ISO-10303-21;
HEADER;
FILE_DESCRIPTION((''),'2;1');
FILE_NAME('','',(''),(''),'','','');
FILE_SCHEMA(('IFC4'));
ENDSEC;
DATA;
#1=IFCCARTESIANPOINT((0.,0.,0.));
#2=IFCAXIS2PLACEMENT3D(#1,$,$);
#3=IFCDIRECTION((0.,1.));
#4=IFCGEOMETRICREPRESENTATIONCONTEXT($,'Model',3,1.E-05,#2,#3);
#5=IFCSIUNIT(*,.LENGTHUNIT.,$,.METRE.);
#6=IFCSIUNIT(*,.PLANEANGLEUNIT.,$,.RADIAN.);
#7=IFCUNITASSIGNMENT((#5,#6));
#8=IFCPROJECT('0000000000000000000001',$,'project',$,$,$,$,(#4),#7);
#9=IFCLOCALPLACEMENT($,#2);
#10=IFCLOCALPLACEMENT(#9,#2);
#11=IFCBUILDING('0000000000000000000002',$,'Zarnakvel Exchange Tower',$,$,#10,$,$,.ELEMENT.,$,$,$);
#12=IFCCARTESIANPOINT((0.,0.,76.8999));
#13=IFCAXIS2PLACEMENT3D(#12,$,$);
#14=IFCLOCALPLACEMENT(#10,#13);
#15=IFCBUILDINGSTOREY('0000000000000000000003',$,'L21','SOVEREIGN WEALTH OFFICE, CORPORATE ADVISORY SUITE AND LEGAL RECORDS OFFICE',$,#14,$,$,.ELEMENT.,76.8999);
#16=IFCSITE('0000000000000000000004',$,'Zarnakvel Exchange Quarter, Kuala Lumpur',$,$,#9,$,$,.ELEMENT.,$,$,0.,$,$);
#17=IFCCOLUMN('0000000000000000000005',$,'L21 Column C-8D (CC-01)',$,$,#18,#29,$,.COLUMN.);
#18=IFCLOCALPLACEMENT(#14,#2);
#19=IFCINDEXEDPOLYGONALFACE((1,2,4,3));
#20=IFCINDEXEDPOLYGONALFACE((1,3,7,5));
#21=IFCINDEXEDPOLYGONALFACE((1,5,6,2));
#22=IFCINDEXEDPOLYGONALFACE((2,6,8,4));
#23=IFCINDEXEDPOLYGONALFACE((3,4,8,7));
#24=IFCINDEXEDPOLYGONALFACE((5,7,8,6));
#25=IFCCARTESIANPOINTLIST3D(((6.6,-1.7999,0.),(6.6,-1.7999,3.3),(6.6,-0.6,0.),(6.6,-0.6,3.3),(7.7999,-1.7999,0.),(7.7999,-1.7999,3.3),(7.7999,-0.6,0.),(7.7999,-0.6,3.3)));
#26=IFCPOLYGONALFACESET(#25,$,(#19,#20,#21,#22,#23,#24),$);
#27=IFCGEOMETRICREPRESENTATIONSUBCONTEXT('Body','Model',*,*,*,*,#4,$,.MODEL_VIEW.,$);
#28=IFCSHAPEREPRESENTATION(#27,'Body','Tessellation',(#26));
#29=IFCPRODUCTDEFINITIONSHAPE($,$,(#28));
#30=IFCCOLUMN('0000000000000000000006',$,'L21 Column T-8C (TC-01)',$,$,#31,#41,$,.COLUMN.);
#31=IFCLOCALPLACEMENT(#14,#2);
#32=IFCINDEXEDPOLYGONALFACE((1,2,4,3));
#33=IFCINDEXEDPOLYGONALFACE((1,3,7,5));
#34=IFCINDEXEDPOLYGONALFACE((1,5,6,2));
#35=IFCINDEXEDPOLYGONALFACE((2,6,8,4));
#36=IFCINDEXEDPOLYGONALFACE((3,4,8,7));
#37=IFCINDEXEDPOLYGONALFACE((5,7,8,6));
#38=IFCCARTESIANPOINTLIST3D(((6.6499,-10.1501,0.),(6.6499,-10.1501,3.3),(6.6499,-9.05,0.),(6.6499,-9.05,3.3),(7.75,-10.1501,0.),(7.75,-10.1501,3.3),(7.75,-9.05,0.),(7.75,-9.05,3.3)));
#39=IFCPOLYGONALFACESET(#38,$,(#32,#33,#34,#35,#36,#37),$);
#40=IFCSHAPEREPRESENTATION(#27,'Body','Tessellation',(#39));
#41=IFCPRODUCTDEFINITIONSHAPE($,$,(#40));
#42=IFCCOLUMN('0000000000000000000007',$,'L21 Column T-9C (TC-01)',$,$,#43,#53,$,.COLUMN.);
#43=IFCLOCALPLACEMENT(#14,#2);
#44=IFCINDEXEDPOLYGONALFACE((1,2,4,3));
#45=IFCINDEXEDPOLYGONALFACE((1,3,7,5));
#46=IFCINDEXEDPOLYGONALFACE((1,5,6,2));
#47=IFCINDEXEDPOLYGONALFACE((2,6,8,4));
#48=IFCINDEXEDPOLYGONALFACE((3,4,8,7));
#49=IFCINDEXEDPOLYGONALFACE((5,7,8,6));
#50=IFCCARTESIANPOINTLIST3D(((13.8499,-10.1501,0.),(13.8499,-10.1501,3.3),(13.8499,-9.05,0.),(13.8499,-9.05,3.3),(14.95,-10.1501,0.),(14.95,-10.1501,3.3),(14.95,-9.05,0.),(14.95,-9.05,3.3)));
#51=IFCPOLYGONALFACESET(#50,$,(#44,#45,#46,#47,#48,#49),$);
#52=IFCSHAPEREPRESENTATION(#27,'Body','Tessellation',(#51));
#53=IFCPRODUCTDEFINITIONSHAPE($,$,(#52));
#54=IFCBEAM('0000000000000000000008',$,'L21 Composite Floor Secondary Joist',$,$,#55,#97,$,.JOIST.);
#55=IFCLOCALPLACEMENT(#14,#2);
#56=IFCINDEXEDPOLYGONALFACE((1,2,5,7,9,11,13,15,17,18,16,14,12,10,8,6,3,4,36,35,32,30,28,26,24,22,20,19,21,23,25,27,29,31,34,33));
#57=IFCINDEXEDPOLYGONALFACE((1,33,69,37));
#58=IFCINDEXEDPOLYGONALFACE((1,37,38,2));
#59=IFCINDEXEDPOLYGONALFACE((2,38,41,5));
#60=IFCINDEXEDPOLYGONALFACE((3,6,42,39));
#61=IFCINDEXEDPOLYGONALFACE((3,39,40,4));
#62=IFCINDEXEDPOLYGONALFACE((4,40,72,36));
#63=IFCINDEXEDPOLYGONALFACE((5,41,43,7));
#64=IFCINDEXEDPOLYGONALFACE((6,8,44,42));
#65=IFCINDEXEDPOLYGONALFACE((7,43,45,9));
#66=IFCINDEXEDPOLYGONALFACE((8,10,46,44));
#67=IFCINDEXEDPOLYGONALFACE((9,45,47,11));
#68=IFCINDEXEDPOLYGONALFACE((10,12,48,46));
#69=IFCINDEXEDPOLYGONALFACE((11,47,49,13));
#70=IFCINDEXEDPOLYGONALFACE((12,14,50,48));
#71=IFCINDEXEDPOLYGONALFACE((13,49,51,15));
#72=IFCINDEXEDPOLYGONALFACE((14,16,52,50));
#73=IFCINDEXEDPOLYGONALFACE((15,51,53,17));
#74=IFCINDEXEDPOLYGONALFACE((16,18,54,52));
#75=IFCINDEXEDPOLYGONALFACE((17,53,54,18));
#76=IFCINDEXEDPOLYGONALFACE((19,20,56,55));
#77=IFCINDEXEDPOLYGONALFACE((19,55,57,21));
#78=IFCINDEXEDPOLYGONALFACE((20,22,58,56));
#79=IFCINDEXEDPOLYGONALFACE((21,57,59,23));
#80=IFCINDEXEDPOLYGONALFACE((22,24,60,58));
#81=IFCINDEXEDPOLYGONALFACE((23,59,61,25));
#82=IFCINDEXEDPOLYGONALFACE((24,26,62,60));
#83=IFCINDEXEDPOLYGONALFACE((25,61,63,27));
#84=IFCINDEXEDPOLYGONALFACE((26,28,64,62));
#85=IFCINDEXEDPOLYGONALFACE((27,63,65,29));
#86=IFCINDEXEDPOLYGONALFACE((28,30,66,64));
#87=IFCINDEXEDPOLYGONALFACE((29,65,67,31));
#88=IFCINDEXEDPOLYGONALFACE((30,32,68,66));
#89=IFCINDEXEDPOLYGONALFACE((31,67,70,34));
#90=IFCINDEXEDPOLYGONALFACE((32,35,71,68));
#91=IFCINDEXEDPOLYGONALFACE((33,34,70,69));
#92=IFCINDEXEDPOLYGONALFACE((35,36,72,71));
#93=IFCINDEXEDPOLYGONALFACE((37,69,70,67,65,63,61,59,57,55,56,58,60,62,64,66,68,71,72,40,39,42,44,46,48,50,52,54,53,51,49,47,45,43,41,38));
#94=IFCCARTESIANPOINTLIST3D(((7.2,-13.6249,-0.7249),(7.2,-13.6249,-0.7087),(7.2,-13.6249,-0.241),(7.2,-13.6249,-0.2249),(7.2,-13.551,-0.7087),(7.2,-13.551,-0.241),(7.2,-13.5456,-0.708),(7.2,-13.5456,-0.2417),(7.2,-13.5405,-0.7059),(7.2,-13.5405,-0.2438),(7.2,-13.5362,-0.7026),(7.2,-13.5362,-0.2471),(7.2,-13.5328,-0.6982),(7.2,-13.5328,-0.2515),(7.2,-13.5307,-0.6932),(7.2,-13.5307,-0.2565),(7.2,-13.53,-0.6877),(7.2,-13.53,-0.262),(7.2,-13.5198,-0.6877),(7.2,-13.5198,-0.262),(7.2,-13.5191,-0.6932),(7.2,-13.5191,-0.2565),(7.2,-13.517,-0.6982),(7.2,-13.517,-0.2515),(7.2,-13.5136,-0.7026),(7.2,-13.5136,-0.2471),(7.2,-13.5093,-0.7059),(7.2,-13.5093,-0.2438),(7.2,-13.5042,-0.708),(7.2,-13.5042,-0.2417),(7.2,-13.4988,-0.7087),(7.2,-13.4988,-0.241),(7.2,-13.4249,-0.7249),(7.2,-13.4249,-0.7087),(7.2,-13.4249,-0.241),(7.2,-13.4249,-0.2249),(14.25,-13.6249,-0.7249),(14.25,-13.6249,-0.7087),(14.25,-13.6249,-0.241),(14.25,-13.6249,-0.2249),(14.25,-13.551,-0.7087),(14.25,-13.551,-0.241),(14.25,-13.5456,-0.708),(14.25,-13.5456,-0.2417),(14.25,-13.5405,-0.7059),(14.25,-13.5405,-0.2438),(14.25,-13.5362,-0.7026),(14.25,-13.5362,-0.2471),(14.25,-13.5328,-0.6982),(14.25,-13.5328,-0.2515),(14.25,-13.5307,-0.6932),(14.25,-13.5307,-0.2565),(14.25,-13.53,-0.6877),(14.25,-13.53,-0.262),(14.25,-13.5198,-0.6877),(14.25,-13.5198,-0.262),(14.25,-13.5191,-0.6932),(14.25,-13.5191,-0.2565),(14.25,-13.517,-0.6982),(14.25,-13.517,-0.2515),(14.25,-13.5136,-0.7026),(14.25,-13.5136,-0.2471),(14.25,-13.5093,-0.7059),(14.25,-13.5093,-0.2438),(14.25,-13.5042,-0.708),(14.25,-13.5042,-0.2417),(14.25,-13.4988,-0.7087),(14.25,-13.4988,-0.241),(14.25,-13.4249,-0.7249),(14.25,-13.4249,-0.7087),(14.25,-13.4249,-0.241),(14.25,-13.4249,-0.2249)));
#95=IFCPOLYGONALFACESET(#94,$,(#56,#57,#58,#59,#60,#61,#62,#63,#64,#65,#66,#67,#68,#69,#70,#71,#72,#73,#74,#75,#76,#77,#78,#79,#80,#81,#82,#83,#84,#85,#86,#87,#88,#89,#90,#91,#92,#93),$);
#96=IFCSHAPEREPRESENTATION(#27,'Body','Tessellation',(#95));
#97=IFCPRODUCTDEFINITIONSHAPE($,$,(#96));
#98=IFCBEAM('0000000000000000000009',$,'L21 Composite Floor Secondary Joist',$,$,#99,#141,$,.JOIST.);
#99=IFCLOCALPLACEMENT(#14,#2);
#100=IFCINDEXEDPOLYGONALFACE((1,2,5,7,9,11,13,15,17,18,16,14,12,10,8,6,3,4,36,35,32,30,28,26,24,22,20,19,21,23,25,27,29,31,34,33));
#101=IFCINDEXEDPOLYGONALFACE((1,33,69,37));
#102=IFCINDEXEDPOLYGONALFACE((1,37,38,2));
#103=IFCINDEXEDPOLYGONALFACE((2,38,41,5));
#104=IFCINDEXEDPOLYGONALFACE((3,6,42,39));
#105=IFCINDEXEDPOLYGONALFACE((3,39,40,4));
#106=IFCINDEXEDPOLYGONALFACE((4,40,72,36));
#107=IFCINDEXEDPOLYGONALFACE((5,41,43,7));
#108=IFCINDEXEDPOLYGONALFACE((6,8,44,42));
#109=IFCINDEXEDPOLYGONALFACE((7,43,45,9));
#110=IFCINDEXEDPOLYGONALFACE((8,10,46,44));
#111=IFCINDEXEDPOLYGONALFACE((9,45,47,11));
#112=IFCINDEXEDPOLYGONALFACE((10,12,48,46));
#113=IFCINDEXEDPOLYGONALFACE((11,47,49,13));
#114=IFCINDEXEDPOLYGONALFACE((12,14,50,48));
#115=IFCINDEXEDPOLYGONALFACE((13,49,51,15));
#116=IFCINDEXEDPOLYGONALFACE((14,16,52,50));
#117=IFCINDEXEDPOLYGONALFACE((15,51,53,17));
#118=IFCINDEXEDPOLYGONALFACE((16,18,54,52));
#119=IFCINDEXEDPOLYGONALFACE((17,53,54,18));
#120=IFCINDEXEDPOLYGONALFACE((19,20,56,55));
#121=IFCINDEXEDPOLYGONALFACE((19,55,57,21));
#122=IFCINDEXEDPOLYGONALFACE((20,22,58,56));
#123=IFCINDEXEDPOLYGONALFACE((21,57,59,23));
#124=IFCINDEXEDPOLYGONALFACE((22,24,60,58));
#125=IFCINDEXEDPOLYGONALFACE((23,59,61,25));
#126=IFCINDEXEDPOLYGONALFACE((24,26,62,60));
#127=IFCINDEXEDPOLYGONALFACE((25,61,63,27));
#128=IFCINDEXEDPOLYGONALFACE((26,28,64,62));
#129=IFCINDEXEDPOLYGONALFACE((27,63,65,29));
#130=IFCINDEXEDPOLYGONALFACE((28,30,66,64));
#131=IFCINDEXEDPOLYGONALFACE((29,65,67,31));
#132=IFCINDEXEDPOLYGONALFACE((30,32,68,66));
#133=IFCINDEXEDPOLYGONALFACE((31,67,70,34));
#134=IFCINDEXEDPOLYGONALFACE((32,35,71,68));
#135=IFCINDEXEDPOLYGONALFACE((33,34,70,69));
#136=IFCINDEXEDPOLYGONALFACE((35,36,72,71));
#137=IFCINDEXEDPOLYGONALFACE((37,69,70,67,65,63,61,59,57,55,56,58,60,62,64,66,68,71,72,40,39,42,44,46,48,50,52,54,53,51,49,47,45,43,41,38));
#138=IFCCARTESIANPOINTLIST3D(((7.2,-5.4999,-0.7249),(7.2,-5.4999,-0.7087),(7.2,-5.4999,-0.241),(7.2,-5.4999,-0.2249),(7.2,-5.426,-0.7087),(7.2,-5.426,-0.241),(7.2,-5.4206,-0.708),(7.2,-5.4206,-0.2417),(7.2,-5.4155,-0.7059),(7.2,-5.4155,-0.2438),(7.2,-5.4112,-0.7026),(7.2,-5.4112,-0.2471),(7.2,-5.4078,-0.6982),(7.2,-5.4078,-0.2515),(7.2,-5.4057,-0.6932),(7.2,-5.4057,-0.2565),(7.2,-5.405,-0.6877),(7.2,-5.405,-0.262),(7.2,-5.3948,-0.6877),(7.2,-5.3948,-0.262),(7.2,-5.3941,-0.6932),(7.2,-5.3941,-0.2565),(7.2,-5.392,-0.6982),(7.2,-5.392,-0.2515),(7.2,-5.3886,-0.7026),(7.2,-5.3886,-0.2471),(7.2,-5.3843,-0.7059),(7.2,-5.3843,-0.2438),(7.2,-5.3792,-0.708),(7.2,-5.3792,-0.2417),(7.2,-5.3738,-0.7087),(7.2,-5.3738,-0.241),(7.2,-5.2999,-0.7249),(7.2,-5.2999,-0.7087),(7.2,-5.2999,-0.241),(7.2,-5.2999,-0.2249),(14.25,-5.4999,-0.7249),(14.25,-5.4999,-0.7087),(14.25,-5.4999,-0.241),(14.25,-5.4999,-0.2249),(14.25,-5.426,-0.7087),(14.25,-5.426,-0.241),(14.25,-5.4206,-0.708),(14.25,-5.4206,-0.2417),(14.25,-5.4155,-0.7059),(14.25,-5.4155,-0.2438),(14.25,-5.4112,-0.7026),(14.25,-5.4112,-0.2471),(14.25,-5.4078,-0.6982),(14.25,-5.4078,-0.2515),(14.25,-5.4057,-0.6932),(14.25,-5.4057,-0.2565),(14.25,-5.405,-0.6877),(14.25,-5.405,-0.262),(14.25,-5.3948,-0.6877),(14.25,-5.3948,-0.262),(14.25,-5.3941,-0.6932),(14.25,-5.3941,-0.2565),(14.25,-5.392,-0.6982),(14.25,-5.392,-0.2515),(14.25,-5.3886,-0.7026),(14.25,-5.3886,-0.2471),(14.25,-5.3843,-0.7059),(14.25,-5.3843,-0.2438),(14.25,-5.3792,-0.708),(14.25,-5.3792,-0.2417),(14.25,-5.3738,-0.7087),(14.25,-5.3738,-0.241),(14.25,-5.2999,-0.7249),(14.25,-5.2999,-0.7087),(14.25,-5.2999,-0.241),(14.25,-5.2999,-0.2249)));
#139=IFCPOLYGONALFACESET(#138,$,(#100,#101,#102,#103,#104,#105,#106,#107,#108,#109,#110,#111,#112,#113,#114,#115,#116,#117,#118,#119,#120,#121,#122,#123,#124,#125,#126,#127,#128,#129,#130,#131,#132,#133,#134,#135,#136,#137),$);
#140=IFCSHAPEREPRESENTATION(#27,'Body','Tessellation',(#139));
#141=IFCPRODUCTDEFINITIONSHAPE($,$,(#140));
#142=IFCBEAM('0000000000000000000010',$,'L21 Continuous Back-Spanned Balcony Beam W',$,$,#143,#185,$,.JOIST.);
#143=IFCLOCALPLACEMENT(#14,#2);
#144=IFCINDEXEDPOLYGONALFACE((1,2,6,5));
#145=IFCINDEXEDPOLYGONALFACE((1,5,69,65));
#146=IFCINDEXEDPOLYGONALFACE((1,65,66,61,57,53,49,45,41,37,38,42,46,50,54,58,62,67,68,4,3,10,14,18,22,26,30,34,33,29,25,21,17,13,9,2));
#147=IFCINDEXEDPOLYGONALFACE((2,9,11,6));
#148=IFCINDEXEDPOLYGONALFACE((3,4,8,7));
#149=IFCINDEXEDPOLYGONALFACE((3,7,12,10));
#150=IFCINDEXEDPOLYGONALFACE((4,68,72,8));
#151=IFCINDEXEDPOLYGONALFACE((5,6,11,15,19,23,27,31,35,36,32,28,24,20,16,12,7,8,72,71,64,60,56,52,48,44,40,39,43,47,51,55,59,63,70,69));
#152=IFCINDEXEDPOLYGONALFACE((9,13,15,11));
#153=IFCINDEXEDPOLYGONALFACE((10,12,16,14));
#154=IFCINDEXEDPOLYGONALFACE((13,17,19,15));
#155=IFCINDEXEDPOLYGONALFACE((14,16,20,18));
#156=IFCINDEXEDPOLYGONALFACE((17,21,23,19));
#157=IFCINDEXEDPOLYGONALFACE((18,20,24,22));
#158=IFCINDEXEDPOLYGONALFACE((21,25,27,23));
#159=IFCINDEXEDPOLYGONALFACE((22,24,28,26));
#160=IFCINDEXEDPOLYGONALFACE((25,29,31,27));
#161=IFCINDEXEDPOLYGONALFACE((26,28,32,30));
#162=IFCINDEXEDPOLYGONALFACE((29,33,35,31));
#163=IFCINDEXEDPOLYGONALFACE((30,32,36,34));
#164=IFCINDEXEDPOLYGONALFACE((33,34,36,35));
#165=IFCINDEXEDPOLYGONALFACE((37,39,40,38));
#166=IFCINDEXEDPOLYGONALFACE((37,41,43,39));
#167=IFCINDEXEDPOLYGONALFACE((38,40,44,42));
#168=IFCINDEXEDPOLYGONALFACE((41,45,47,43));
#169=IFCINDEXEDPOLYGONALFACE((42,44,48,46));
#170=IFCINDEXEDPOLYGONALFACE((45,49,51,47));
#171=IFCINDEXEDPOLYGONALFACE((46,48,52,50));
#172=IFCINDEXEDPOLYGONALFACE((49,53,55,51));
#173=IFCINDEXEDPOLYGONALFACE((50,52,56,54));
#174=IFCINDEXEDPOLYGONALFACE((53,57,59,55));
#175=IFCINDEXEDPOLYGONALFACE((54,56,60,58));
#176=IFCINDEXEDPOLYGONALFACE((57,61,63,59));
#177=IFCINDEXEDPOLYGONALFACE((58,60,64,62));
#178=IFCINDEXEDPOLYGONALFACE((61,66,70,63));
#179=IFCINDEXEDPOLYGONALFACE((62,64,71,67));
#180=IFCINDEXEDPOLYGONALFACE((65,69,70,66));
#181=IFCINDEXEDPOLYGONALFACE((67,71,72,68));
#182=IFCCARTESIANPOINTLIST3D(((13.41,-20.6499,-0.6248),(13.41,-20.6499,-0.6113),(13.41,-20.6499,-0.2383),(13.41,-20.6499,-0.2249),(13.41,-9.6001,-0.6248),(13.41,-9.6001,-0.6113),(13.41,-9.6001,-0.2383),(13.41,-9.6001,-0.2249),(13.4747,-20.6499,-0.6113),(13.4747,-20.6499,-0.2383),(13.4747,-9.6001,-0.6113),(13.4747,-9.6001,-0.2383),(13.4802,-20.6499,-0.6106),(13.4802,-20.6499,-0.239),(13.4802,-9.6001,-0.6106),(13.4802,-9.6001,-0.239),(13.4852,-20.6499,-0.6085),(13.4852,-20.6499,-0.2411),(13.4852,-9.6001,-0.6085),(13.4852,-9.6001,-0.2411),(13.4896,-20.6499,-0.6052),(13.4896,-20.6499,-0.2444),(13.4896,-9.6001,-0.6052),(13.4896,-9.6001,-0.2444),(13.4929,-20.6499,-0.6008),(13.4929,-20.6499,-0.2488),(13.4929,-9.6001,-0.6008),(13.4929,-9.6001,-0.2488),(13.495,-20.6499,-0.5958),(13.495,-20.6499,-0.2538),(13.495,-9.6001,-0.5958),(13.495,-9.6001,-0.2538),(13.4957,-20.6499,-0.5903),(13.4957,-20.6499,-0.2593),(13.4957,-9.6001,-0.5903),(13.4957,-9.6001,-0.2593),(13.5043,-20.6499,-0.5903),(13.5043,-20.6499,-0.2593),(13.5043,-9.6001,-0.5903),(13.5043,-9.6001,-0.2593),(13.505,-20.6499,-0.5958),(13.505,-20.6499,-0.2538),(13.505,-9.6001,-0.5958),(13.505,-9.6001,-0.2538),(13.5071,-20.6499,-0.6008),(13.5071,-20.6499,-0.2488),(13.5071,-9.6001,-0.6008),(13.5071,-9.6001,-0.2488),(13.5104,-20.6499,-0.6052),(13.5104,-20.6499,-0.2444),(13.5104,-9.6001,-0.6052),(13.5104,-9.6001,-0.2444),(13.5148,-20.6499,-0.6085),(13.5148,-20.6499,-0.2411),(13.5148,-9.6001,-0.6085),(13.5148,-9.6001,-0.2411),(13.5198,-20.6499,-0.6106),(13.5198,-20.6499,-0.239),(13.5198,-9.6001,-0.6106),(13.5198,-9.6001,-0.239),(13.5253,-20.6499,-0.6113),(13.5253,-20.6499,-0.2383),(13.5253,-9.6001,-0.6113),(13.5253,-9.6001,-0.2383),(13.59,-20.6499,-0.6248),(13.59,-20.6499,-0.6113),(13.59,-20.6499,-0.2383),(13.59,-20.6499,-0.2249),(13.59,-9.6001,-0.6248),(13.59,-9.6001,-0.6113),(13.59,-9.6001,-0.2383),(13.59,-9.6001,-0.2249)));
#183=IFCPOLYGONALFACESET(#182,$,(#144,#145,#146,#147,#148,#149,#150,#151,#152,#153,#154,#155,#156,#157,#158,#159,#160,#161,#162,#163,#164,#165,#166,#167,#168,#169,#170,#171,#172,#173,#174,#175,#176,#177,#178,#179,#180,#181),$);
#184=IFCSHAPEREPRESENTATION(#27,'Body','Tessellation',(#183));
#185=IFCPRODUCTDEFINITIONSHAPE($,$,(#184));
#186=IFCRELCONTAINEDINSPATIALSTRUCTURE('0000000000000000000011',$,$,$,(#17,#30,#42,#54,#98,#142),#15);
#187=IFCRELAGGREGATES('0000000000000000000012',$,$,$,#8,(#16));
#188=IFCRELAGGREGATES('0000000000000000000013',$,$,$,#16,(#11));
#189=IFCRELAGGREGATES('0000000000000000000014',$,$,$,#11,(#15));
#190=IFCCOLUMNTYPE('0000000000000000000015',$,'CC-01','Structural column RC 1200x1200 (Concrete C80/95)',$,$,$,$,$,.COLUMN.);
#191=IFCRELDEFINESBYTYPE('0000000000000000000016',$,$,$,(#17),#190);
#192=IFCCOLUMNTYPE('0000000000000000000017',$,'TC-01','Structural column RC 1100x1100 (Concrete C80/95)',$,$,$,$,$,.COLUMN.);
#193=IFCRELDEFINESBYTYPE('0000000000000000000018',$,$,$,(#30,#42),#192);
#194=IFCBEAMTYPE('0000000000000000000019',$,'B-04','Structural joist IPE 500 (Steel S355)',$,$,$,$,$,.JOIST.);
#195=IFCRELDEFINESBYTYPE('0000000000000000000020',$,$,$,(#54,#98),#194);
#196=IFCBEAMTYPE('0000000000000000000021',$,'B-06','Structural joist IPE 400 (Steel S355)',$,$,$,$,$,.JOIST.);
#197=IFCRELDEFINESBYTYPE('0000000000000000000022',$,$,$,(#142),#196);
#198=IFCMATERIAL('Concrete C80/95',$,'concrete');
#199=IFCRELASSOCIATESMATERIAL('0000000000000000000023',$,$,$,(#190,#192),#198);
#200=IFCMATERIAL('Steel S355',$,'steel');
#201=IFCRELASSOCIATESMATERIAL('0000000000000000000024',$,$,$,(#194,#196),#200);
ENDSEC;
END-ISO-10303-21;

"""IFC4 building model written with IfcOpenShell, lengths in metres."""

from ifc_helpers import new_model, si_unit, direction, frame, origin, origin_2d, place, context, subcontext, project, spatial, rectangle, i_section, extrude, material, material_profile, profile_set, type_object, element, save


model = new_model("IFC4")

# Units and contexts
model_context = context("Model", 3, precision=1e-05, world=origin(), true_north=direction((0.0, 1.0)))
body_context = subcontext(model_context, "Body", "Model", "MODEL_VIEW")
ifc_project = project(units=[si_unit("LENGTHUNIT", "METRE"), si_unit("PLANEANGLEUNIT", "RADIAN")], contexts=[model_context])

# Site, building, storey
site_placement = place(None, origin())
site = spatial("IfcSite", under=ifc_project, at=site_placement, Name="Zarnakvel Exchange Quarter, Kuala Lumpur", CompositionType="ELEMENT", RefElevation=0.0)
building_placement = place(site_placement, origin())
building = spatial("IfcBuilding", under=site, at=building_placement, Name="Zarnakvel Exchange Tower", CompositionType="ELEMENT")
storey_placement = place(building_placement, frame((0.0, 0.0, 76.8999)))
storey = spatial("IfcBuildingStorey", under=building, at=storey_placement, Name="L21", Description="SOVEREIGN WEALTH OFFICE, CORPORATE ADVISORY SUITE AND LEGAL RECORDS OFFICE", CompositionType="ELEMENT", Elevation=76.8999)

# Columns
ifc_material_1 = material(Name="Concrete C80/95", Category="concrete")
ifc_material_profile_1 = material_profile(ifc_material_1, rectangle(XDim=1.2, YDim=1.2, at=origin_2d()))
ifc_profile_set_1 = profile_set([ifc_material_profile_1], Name="Concrete C80/95")
column_type_1 = type_object("IfcColumnType", Name="CC-01", Description="Structural column RC 1200x1200 (Concrete C80/95)", PredefinedType="COLUMN", material=ifc_profile_set_1)
column_placement = place(storey_placement, frame((7.2, -1.2, 0.0), z_axis=(0.0, 0.0, 1.0), x_axis=(1.0, 0.0, 0.0)))
element("IfcColumn", 1, at=column_placement, inside=storey, type_object=column_type_1, Name="L21 Column C-8D (CC-01)", PredefinedType="COLUMN", context=body_context, shape_type="SweptSolid", body=[
    extrude(rectangle(XDim=1.2, YDim=1.2, at=origin_2d()), origin(), (0.0, 0.0, 1.0), 3.3),
])
ifc_material_profile_2 = material_profile(ifc_material_1, rectangle(XDim=1.1001, YDim=1.1001, at=origin_2d()))
ifc_profile_set_2 = profile_set([ifc_material_profile_2], Name="Concrete C80/95")
column_type_2 = type_object("IfcColumnType", Name="TC-01", Description="Structural column RC 1100x1100 (Concrete C80/95)", PredefinedType="COLUMN", material=ifc_profile_set_2)
for number, where, z_axis, x_axis, name in (
    (2, (7.2, -9.6001, 0.0), (0.0, 0.0, 1.0), (1.0, 0.0, 0.0), "L21 Column T-8C (TC-01)"),
    (3, (14.3999, -9.6001, 0.0), (0.0, 0.0, 1.0), (1.0, 0.0, 0.0), "L21 Column T-9C (TC-01)"),
):
    element("IfcColumn", number, at=place(storey_placement, frame(where, z_axis=z_axis, x_axis=x_axis)), inside=storey, type_object=column_type_2, Name=name, PredefinedType="COLUMN", context=body_context, shape_type="SweptSolid", body=[
        extrude(rectangle(XDim=1.1001, YDim=1.1001, at=origin_2d()), origin(), (0.0, 0.0, 1.0), 3.3),
    ])

# Beams
ifc_material_2 = material(Name="Steel S355", Category="steel")
ifc_material_profile_3 = material_profile(ifc_material_2, i_section(OverallWidth=0.2, OverallDepth=0.5, WebThickness=0.0103, FlangeThickness=0.0161, FilletRadius=0.021, at=origin_2d()))
ifc_profile_set_3 = profile_set([ifc_material_profile_3], Name="Steel S355")
beam_type_1 = type_object("IfcBeamType", Name="B-04", Description="Structural joist IPE 500 (Steel S355)", PredefinedType="JOIST", material=ifc_profile_set_3)
for number, where, z_axis, x_axis, name in (
    (4, (7.2, -13.5249, -0.4749), (1.0, 0.0, 0.0), (0.0, 1.0, 0.0), "L21 Composite Floor Secondary Joist"),
    (5, (7.2, -5.3999, -0.4749), (1.0, 0.0, 0.0), (0.0, 1.0, 0.0), "L21 Composite Floor Secondary Joist"),
):
    element("IfcBeam", number, at=place(storey_placement, frame(where, z_axis=z_axis, x_axis=x_axis)), inside=storey, type_object=beam_type_1, Name=name, PredefinedType="JOIST", context=body_context, shape_type="SweptSolid", body=[
        extrude(i_section(OverallWidth=0.2, OverallDepth=0.5, WebThickness=0.0103, FlangeThickness=0.0161, FilletRadius=0.021, at=origin_2d()), origin(), (0.0, 0.0, 1.0), 7.05),
    ])
ifc_material_profile_4 = material_profile(ifc_material_2, i_section(OverallWidth=0.1799, OverallDepth=0.3999, WebThickness=0.0085, FlangeThickness=0.0134, FilletRadius=0.021, at=origin_2d()))
ifc_profile_set_4 = profile_set([ifc_material_profile_4], Name="Steel S355")
beam_type_2 = type_object("IfcBeamType", Name="B-06", Description="Structural joist IPE 400 (Steel S355)", PredefinedType="JOIST", material=ifc_profile_set_4)
beam_1_placement = place(storey_placement, frame((13.5, -9.6001, -0.4248), z_axis=(0.0, -1.0, 0.0), x_axis=(1.0, 0.0, 0.0)))
element("IfcBeam", 6, at=beam_1_placement, inside=storey, type_object=beam_type_2, Name="L21 Continuous Back-Spanned Balcony Beam W", PredefinedType="JOIST", context=body_context, shape_type="SweptSolid", body=[
    extrude(i_section(OverallWidth=0.1799, OverallDepth=0.3999, WebThickness=0.0085, FlangeThickness=0.0134, FilletRadius=0.021, at=origin_2d()), origin(), (0.0, 0.0, 1.0), 11.0498),
])

save(model, "model.ifc")
